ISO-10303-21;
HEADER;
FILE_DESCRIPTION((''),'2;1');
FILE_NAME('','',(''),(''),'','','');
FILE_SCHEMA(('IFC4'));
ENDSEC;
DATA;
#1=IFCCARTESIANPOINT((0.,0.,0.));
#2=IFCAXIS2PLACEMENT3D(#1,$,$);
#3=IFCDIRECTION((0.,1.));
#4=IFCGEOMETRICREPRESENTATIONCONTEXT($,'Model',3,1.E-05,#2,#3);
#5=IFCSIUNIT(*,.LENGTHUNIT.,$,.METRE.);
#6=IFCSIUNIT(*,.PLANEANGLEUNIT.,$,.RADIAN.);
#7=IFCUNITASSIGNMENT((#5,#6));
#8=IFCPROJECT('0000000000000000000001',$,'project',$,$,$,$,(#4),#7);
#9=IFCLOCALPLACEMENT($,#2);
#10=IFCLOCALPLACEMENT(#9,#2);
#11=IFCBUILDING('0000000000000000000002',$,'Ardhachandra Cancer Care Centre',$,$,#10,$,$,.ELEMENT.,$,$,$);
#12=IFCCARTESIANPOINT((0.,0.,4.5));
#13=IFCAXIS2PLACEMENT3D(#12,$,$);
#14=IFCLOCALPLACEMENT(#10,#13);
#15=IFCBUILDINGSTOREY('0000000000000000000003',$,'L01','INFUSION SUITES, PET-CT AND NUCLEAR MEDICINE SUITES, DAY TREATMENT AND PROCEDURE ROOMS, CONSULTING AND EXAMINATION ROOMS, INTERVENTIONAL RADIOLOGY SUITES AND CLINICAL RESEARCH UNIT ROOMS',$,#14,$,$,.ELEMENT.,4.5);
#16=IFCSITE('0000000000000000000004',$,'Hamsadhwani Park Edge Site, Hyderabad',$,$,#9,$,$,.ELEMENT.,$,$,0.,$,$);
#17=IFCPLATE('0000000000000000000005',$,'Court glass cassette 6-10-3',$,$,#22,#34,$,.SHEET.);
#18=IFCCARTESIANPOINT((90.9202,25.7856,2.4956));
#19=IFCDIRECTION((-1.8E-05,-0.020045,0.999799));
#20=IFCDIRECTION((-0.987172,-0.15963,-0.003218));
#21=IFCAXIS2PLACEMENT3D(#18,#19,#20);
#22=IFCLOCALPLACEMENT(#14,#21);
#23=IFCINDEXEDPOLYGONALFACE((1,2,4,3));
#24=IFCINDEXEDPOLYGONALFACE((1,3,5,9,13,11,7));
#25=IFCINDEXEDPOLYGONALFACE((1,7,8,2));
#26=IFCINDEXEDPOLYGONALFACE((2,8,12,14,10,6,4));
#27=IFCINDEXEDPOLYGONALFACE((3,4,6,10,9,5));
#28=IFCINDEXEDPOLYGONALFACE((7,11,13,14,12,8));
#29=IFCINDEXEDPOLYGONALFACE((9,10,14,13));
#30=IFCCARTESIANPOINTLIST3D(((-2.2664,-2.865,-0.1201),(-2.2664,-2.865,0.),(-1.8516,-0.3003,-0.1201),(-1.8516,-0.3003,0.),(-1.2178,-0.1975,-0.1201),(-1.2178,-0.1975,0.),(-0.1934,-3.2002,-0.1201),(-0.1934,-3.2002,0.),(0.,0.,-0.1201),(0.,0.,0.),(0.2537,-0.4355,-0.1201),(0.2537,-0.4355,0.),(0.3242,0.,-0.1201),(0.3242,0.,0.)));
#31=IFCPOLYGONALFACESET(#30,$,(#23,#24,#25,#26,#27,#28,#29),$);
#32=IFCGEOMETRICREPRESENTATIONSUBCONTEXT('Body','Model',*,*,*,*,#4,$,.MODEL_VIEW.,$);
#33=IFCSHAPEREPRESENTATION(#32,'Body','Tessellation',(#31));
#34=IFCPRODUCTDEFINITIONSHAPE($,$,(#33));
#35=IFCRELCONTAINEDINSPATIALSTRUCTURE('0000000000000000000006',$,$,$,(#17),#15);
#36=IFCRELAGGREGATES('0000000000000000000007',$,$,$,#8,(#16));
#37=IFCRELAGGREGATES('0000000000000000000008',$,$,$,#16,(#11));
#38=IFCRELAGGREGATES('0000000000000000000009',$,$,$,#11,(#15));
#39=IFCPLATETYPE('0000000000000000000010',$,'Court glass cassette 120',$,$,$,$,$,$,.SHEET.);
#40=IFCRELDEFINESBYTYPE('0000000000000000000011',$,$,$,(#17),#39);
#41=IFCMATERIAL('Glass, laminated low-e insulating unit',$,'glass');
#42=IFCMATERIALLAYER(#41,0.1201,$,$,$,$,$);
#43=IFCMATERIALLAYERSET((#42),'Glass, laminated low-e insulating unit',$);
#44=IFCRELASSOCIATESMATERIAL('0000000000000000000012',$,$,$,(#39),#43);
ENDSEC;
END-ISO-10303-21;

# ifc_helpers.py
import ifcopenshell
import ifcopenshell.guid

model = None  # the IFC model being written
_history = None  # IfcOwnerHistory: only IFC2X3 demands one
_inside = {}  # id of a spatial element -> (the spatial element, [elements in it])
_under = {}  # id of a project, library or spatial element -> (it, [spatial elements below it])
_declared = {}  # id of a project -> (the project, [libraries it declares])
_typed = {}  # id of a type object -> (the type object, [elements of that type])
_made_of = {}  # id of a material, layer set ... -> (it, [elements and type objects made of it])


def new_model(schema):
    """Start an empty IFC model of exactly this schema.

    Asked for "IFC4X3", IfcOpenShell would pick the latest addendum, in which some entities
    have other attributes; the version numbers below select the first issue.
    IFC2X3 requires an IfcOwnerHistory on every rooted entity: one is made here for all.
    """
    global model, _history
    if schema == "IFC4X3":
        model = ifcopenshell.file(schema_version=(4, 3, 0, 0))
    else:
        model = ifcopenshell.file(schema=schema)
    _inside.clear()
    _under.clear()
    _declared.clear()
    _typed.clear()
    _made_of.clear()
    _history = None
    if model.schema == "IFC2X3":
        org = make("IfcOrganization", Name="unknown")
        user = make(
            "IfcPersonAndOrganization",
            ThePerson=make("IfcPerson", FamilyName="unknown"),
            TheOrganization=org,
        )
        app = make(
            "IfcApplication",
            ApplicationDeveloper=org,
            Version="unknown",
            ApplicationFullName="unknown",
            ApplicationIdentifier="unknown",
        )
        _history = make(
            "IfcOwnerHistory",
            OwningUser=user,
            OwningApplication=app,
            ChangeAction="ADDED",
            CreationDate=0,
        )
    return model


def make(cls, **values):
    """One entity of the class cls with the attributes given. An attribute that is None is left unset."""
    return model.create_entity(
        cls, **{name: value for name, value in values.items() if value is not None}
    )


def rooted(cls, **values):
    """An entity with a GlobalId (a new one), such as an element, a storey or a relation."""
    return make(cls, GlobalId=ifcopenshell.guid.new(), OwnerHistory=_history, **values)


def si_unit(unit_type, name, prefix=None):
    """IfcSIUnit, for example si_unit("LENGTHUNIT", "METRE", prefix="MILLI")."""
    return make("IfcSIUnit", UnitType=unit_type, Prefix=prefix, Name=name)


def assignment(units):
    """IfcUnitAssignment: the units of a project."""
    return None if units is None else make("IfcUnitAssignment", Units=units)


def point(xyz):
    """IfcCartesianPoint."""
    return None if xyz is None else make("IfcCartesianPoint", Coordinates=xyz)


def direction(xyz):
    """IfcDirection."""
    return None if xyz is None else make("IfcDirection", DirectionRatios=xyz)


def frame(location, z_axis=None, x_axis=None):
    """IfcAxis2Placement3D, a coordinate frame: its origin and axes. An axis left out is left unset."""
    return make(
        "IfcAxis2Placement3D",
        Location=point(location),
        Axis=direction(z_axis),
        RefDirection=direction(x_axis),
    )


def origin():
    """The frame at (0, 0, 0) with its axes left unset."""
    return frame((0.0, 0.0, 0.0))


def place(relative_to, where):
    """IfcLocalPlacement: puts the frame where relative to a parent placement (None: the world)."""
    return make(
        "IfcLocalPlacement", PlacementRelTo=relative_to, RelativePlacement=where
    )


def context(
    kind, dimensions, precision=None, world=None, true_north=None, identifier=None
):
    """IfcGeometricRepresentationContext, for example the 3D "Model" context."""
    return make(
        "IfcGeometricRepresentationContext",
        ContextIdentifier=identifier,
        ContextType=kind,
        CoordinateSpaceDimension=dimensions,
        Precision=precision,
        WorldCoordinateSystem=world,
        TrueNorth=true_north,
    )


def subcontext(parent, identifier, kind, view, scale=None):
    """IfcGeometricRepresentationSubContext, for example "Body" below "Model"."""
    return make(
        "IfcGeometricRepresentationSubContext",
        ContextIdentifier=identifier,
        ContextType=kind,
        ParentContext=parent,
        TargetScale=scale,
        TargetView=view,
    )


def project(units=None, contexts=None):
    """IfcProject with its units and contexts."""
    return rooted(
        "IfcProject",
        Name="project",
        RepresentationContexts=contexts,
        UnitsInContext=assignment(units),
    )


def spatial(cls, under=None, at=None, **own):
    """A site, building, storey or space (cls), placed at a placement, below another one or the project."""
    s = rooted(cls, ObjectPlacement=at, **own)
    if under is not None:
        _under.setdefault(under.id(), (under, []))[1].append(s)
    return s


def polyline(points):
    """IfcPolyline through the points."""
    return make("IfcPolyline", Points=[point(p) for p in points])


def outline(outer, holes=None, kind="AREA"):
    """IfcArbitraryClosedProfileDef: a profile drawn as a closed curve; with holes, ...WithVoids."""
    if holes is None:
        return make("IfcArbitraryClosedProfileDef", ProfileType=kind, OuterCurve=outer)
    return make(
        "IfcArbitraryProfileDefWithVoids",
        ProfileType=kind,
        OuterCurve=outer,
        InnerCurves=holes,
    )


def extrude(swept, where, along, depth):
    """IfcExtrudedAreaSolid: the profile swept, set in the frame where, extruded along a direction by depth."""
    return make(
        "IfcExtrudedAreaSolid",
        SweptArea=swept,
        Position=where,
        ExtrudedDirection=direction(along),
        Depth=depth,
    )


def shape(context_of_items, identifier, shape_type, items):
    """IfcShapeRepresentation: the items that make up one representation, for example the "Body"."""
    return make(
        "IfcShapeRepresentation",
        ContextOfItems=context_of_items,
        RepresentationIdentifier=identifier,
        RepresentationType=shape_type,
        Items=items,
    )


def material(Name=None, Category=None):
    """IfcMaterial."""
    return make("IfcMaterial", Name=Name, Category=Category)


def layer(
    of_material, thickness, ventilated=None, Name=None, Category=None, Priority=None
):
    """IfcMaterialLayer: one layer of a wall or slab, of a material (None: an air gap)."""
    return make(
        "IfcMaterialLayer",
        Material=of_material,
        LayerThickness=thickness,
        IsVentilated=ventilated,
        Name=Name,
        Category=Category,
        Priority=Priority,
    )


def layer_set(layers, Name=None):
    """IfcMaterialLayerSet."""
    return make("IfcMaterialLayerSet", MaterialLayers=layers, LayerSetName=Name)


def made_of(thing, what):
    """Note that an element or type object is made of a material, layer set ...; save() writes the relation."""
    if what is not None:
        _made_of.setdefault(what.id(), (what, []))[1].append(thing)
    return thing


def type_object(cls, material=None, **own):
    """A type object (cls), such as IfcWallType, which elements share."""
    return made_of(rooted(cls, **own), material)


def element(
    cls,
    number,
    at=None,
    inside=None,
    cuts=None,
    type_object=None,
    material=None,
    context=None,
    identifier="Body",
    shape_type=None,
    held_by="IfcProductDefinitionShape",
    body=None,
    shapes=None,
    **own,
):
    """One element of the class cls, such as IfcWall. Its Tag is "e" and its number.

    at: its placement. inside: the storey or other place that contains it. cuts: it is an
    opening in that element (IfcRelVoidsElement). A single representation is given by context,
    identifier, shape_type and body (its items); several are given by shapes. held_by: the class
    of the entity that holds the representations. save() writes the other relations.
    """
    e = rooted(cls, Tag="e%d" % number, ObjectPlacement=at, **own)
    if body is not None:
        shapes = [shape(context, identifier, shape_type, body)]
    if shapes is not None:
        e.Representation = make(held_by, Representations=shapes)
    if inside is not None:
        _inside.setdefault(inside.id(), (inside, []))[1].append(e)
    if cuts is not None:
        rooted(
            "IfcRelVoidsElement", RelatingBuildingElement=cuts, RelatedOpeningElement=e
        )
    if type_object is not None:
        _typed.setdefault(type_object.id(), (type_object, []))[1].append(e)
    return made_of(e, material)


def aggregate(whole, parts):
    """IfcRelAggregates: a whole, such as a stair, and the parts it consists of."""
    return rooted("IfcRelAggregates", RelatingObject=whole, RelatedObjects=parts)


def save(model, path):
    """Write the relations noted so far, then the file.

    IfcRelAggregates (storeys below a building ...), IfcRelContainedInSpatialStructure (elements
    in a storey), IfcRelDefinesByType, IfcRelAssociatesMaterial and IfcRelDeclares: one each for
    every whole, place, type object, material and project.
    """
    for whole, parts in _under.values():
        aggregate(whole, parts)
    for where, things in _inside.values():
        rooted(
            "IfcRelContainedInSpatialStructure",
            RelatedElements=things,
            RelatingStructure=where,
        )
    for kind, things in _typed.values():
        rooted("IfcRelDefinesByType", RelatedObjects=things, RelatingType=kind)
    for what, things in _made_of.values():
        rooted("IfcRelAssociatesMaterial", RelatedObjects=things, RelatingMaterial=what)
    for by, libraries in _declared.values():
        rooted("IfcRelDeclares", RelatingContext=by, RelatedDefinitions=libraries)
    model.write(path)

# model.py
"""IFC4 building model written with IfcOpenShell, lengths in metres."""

from ifc_helpers import new_model, si_unit, direction, frame, origin, place, context, subcontext, project, spatial, polyline, outline, extrude, material, layer, layer_set, type_object, element, save


model = new_model("IFC4")

# Units and contexts
model_context = context("Model", 3, precision=1e-05, world=origin(), true_north=direction((0.0, 1.0)))
body_context = subcontext(model_context, "Body", "Model", "MODEL_VIEW")
ifc_project = project(units=[si_unit("LENGTHUNIT", "METRE"), si_unit("PLANEANGLEUNIT", "RADIAN")], contexts=[model_context])

# Site, building, storey
site_placement = place(None, origin())
site = spatial("IfcSite", under=ifc_project, at=site_placement, Name="Hamsadhwani Park Edge Site, Hyderabad", CompositionType="ELEMENT", RefElevation=0.0)
building_placement = place(site_placement, origin())
building = spatial("IfcBuilding", under=site, at=building_placement, Name="Ardhachandra Cancer Care Centre", CompositionType="ELEMENT")
storey_placement = place(building_placement, frame((0.0, 0.0, 4.5)))
storey = spatial("IfcBuildingStorey", under=building, at=storey_placement, Name="L01", Description="INFUSION SUITES, PET-CT AND NUCLEAR MEDICINE SUITES, DAY TREATMENT AND PROCEDURE ROOMS, CONSULTING AND EXAMINATION ROOMS, INTERVENTIONAL RADIOLOGY SUITES AND CLINICAL RESEARCH UNIT ROOMS", CompositionType="ELEMENT", Elevation=4.5)

# Plate
ifc_material_1 = material(Name="Glass, laminated low-e insulating unit", Category="glass")
ifc_layer_1 = layer(ifc_material_1, 0.1201)
ifc_layer_set_1 = layer_set([ifc_layer_1], Name="Glass, laminated low-e insulating unit")
plate_type_1 = type_object("IfcPlateType", Name="Court glass cassette 120", PredefinedType="SHEET", material=ifc_layer_set_1)
plate_1_placement = place(storey_placement, frame((90.9202, 25.7856, 2.4956), z_axis=(-0.000018, -0.020045, 0.999799), x_axis=(-0.987172, -0.15963, -0.003218)))
element("IfcPlate", 1, at=plate_1_placement, inside=storey, type_object=plate_type_1, Name="Court glass cassette 6-10-3", PredefinedType="SHEET", context=body_context, shape_type="SweptSolid", body=[
    extrude(outline(polyline([(-1.2178, -0.1975), (-1.8516, -0.3003), (-2.2664, -2.865), (-0.1934, -3.2002), (0.2537, -0.4355), (0.3242, 0.0), (0.0, 0.0), (-1.2178, -0.1975)])), frame((0.0, 0.0, -0.1201)), (0.0, 0.0, 1.0), 0.1201),
])

save(model, "model.ifc")
